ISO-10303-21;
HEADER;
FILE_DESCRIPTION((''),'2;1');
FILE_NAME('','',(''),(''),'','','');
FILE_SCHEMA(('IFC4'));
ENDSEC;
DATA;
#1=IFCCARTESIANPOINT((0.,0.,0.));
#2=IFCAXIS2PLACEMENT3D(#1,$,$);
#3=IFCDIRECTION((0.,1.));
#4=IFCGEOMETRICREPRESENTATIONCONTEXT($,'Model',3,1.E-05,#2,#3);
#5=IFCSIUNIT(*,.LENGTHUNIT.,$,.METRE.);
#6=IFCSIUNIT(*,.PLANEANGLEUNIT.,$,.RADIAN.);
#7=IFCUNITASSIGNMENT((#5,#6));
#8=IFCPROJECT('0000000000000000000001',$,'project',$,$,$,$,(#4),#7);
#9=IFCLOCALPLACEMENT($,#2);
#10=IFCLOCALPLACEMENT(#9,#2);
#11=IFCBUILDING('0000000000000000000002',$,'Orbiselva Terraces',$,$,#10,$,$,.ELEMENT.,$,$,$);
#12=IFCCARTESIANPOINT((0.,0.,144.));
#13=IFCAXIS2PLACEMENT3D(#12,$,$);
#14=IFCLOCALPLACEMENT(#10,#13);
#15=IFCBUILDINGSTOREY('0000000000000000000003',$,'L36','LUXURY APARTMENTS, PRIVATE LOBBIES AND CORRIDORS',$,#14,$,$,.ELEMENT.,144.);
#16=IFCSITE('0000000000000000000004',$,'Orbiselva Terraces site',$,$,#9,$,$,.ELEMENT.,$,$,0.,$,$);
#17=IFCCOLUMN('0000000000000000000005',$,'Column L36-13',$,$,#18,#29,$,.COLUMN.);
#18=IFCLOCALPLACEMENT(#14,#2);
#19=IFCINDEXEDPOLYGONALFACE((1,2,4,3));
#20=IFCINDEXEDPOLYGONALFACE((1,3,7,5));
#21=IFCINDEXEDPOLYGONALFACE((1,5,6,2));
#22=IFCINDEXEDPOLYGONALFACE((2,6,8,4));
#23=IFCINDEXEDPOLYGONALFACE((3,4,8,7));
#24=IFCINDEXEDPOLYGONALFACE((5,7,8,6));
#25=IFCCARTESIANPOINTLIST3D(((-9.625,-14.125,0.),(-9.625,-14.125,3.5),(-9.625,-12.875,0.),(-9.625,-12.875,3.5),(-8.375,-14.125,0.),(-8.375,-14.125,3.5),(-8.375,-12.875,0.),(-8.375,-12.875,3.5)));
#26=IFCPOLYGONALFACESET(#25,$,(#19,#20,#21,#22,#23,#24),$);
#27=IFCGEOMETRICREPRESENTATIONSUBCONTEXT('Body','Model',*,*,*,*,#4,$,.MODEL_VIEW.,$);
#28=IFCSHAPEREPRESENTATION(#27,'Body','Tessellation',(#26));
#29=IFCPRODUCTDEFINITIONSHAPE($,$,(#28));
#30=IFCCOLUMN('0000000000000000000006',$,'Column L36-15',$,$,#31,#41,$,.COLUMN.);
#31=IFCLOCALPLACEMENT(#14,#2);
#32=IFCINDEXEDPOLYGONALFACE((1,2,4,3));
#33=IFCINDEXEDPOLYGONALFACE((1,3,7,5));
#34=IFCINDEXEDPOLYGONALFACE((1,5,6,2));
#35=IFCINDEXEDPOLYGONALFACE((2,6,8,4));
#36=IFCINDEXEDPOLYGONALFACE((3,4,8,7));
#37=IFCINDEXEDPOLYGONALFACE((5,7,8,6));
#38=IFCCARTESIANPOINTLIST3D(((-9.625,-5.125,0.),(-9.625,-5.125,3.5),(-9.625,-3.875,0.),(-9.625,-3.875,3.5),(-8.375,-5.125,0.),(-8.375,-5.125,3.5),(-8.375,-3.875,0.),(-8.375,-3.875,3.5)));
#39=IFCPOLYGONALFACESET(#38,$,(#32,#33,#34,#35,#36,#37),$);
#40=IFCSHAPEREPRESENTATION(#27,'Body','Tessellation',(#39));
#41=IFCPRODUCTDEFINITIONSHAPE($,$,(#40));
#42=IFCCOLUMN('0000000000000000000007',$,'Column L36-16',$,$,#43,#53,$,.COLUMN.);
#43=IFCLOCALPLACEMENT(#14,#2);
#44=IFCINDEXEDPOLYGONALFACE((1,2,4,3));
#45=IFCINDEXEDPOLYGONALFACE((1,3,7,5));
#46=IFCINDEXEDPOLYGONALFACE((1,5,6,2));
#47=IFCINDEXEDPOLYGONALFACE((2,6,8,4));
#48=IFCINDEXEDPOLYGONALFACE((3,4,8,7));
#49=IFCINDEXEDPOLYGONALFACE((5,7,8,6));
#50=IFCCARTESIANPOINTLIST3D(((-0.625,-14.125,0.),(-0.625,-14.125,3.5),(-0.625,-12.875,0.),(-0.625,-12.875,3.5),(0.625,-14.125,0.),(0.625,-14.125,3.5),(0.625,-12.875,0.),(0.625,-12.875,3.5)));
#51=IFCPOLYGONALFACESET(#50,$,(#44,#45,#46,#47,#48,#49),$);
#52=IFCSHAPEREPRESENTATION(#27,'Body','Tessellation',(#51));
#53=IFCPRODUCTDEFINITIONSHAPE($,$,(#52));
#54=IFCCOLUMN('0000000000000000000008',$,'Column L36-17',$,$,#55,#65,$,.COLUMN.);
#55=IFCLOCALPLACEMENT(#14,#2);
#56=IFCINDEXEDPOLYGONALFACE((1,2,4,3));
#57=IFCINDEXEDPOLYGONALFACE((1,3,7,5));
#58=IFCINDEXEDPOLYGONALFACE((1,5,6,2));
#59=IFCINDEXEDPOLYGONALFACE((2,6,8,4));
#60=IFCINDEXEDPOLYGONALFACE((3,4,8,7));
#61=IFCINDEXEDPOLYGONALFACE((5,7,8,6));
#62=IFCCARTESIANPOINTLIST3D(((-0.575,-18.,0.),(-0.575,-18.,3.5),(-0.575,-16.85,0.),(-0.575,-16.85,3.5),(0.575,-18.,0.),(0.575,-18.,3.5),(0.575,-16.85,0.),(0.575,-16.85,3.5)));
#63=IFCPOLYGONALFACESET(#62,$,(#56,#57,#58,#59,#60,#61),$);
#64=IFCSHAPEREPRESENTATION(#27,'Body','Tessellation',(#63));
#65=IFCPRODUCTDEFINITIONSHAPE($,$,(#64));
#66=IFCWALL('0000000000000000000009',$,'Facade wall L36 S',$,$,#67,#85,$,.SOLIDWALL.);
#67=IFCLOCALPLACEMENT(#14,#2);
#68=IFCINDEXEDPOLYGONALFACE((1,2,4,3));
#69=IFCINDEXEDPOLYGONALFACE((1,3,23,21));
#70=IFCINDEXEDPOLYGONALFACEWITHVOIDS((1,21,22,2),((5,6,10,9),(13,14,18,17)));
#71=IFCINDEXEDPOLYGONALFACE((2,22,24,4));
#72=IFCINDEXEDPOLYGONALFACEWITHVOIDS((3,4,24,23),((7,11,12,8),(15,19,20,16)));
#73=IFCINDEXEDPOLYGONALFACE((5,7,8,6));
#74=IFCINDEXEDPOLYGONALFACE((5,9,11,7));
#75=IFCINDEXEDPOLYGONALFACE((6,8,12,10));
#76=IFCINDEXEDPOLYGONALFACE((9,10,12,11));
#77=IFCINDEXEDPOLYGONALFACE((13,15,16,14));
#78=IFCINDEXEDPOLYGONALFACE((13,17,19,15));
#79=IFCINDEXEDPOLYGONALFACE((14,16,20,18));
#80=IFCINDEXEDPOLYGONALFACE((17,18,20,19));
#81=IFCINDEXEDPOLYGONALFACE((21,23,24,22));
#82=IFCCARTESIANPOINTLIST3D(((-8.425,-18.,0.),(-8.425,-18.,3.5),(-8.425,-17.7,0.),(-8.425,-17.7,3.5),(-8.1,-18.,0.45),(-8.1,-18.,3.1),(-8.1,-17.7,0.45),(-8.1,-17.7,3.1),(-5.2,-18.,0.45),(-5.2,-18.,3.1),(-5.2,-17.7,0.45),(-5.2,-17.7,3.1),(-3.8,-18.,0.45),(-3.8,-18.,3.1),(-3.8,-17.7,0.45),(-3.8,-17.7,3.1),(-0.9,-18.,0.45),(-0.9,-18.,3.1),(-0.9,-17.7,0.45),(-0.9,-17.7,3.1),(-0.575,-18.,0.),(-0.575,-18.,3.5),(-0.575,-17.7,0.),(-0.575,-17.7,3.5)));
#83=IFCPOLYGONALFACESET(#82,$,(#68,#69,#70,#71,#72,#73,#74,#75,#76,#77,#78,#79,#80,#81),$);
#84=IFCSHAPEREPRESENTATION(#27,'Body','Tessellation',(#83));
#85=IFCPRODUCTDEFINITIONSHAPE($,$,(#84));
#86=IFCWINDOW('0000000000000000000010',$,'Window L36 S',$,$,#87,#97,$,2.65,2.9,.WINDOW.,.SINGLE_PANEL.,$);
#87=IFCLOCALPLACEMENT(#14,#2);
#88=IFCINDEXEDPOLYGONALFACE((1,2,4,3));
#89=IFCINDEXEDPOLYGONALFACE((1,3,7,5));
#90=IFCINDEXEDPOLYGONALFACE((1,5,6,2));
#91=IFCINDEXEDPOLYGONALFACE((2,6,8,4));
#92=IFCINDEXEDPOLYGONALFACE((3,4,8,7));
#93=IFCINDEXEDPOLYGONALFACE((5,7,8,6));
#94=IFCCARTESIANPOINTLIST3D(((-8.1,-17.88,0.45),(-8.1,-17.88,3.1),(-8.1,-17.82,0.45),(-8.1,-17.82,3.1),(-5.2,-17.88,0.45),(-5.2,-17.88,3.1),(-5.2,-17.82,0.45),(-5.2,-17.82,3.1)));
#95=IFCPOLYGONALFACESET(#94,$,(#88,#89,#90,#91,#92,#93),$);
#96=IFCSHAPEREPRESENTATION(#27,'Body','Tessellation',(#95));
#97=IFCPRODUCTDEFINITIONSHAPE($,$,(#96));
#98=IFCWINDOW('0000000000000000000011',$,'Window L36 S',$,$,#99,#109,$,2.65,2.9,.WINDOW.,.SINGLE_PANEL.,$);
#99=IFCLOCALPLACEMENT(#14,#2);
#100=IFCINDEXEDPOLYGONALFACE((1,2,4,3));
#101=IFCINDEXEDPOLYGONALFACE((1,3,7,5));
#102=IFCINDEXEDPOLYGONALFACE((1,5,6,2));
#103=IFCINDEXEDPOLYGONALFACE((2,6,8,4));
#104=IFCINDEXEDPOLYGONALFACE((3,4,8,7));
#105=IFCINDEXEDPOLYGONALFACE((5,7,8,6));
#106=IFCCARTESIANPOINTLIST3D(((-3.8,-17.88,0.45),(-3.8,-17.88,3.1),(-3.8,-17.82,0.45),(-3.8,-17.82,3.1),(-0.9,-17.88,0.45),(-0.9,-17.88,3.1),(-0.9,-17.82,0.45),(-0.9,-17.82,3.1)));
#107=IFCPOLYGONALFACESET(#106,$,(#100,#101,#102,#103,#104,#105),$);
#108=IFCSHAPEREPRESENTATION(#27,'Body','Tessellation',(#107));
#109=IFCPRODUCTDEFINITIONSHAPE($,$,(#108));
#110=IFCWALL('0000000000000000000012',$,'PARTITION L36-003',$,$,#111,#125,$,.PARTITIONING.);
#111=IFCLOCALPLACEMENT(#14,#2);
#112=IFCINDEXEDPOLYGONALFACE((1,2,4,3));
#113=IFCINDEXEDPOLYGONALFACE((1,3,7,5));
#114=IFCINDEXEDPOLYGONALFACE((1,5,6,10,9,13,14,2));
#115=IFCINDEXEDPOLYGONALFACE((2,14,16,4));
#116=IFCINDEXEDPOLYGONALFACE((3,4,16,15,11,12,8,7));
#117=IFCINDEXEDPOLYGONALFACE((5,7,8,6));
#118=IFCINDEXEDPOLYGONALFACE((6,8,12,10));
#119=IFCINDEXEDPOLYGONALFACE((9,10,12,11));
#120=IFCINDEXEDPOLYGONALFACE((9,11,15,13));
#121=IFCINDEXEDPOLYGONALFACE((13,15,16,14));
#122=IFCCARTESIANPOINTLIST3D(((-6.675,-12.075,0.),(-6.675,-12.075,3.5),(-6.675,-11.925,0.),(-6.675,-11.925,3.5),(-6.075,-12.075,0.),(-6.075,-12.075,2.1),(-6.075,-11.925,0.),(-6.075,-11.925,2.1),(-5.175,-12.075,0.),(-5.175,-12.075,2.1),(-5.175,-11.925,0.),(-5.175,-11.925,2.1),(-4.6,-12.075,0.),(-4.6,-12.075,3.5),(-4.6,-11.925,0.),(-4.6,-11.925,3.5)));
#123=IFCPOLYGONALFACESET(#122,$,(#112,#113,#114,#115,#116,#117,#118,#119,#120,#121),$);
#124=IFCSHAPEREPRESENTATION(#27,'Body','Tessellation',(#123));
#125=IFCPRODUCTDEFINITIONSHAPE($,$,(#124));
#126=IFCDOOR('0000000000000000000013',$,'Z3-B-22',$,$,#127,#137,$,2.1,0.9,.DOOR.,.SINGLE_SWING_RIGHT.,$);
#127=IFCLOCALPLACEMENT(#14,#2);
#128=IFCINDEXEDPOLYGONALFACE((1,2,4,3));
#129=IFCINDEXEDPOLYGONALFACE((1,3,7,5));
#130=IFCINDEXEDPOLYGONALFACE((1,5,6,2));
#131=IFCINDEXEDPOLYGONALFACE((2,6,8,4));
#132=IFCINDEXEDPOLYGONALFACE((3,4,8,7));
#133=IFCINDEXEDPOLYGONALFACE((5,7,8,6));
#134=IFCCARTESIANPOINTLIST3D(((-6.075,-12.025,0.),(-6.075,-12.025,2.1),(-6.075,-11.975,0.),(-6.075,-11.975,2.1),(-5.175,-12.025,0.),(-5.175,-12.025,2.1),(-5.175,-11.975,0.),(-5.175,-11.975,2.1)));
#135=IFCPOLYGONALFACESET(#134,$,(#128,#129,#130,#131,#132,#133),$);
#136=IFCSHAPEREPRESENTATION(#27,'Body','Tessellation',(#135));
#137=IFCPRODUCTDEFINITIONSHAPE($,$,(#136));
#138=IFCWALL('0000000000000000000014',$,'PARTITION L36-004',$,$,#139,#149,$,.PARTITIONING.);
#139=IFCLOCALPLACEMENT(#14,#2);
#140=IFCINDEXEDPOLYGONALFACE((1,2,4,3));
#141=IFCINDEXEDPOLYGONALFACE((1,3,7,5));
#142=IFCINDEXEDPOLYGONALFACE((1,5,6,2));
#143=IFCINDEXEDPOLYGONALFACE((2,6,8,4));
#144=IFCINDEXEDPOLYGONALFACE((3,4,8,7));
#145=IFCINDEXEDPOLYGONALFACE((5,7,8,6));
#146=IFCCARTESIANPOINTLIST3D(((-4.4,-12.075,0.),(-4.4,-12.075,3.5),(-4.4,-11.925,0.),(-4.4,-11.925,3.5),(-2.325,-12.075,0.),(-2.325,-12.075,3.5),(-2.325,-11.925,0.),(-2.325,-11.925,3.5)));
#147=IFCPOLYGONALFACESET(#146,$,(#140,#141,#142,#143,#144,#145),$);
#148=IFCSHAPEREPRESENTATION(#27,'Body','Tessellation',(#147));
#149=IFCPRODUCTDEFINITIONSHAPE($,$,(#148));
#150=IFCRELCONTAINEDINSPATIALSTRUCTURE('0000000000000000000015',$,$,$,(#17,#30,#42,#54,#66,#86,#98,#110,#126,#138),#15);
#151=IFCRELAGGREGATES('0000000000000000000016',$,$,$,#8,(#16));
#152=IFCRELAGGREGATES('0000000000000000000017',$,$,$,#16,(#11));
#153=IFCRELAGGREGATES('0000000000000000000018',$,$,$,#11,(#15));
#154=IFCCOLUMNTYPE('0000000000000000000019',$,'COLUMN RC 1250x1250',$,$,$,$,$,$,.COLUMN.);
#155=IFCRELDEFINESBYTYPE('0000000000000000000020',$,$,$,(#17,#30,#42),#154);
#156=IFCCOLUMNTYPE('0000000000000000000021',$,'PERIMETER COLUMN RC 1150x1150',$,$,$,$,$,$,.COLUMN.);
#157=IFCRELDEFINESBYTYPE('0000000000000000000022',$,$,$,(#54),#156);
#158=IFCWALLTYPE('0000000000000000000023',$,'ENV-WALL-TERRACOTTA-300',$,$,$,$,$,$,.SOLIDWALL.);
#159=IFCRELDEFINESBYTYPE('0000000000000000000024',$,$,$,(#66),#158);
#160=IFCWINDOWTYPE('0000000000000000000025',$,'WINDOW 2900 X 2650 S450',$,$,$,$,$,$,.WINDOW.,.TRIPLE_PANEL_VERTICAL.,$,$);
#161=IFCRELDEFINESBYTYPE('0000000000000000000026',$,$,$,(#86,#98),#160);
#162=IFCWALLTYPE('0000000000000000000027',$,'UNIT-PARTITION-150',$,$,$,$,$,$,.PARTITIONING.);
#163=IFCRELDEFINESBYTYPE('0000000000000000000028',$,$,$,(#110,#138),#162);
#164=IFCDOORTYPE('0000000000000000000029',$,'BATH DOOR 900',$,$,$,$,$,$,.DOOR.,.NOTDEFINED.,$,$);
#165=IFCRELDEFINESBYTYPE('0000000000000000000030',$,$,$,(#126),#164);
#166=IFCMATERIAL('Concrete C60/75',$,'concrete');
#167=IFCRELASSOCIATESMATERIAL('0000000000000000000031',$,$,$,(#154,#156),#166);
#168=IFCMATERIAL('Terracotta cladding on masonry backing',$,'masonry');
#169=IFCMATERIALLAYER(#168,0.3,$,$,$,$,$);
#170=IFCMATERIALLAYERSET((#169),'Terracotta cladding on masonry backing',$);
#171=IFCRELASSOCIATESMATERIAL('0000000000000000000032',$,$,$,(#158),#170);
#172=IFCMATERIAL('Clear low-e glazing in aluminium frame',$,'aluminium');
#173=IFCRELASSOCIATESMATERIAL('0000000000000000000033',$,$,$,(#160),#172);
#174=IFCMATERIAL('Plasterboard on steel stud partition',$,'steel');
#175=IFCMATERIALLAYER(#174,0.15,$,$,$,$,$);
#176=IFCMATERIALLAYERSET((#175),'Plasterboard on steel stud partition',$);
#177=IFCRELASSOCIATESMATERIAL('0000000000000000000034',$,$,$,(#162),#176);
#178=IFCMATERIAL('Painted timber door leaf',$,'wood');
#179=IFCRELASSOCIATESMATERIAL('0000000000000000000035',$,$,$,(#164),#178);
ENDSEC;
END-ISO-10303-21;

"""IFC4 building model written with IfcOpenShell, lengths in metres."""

from ifc_helpers import new_model, si_unit, direction, frame, frame_2d, origin, origin_2d, place, context, subcontext, project, spatial, rectangle, extrude, material, layer, layer_set, material_profile, profile_set, type_object, element, fill, save


model = new_model("IFC4")

# Units and contexts
model_context = context("Model", 3, precision=1e-05, world=origin(), true_north=direction((0.0, 1.0)))
body_context = subcontext(model_context, "Body", "Model", "MODEL_VIEW")
ifc_project = project(units=[si_unit("LENGTHUNIT", "METRE"), si_unit("PLANEANGLEUNIT", "RADIAN")], contexts=[model_context])

# Site, building, storey
site_placement = place(None, origin())
site = spatial("IfcSite", under=ifc_project, at=site_placement, Name="Orbiselva Terraces site", CompositionType="ELEMENT", RefElevation=0.0)
building_placement = place(site_placement, origin())
building = spatial("IfcBuilding", under=site, at=building_placement, Name="Orbiselva Terraces", CompositionType="ELEMENT")
storey_placement = place(building_placement, frame((0.0, 0.0, 144.0)))
storey = spatial("IfcBuildingStorey", under=building, at=storey_placement, Name="L36", Description="LUXURY APARTMENTS, PRIVATE LOBBIES AND CORRIDORS", CompositionType="ELEMENT", Elevation=144.0)

# Columns
ifc_material_1 = material(Name="Concrete C60/75", Category="concrete")
ifc_material_profile_1 = material_profile(ifc_material_1, rectangle(XDim=1.25, YDim=1.25, at=origin_2d()), Name="RC 1250x1250")
ifc_profile_set_1 = profile_set([ifc_material_profile_1], Name="Concrete C60/75")
column_type_1 = type_object("IfcColumnType", Name="COLUMN RC 1250x1250", PredefinedType="COLUMN", material=ifc_profile_set_1)
for number, where, z_axis, x_axis, name in (
    (1, (-9.0, -13.5, 0.0), (0.0, 0.0, 1.0), (1.0, 0.0, 0.0), "Column L36-13"),
    (2, (-9.0, -4.5, 0.0), (0.0, 0.0, 1.0), (1.0, 0.0, 0.0), "Column L36-15"),
    (3, (0.0, -13.5, 0.0), (0.0, 0.0, 1.0), (1.0, 0.0, 0.0), "Column L36-16"),
):
    element("IfcColumn", number, at=place(storey_placement, frame(where, z_axis=z_axis, x_axis=x_axis)), inside=storey, type_object=column_type_1, Name=name, PredefinedType="COLUMN", context=body_context, shape_type="SweptSolid", body=[
        extrude(rectangle(XDim=1.25, YDim=1.25, at=origin_2d()), origin(), (0.0, 0.0, 1.0), 3.5),
    ])
ifc_material_profile_2 = material_profile(ifc_material_1, rectangle(XDim=1.15, YDim=1.15, at=origin_2d()), Name="RC 1150x1150")
ifc_profile_set_2 = profile_set([ifc_material_profile_2], Name="Concrete C60/75")
column_type_2 = type_object("IfcColumnType", Name="PERIMETER COLUMN RC 1150x1150", PredefinedType="COLUMN", material=ifc_profile_set_2)
column_placement = place(storey_placement, frame((0.0, -17.425, 0.0), z_axis=(0.0, 0.0, 1.0), x_axis=(1.0, 0.0, 0.0)))
element("IfcColumn", 4, at=column_placement, inside=storey, type_object=column_type_2, Name="Column L36-17", PredefinedType="COLUMN", context=body_context, shape_type="SweptSolid", body=[
    extrude(rectangle(XDim=1.15, YDim=1.15, at=origin_2d()), origin(), (0.0, 0.0, 1.0), 3.5),
])

# Wall, openings, windows
ifc_material_2 = material(Name="Terracotta cladding on masonry backing", Category="masonry")
ifc_layer_1 = layer(ifc_material_2, 0.3)
ifc_layer_set_1 = layer_set([ifc_layer_1], Name="Terracotta cladding on masonry backing")
wall_type_1 = type_object("IfcWallType", Name="ENV-WALL-TERRACOTTA-300", PredefinedType="SOLIDWALL", material=ifc_layer_set_1)
wall_1_placement = place(storey_placement, frame((-0.575, -17.85, 0.0), z_axis=(0.0, 0.0, 1.0), x_axis=(-1.0, 0.0, 0.0)))
wall_1 = element("IfcWall", 5, at=wall_1_placement, inside=storey, type_object=wall_type_1, Name="Facade wall L36 S", PredefinedType="SOLIDWALL", context=body_context, shape_type="SweptSolid", body=[
    extrude(rectangle(XDim=7.85, YDim=0.3, at=frame_2d((3.925, 0.0))), origin(), (0.0, 0.0, 1.0), 3.5),
])
opening_1_placement = place(wall_1_placement, frame((4.625, 0.0, 0.45)))
opening_1 = element("IfcOpeningElement", 6, at=opening_1_placement, cuts=wall_1, PredefinedType="OPENING", context=body_context, shape_type="SweptSolid", body=[
    extrude(rectangle(XDim=2.9, YDim=2.65, at=frame_2d((1.45, 1.325))), frame((0.0, 0.16, 0.0), z_axis=(0.0, -1.0, 0.0), x_axis=(1.0, 0.0, 0.0)), (0.0, 0.0, 1.0), 0.32),
])
opening_2_placement = place(wall_1_placement, frame((0.325, 0.0, 0.45)))
opening_2 = element("IfcOpeningElement", 7, at=opening_2_placement, cuts=wall_1, PredefinedType="OPENING", context=body_context, shape_type="SweptSolid", body=[
    extrude(rectangle(XDim=2.9, YDim=2.65, at=frame_2d((1.45, 1.325))), frame((0.0, 0.16, 0.0), z_axis=(0.0, -1.0, 0.0), x_axis=(1.0, 0.0, 0.0)), (0.0, 0.0, 1.0), 0.32),
])
ifc_material_3 = material(Name="Clear low-e glazing in aluminium frame", Category="aluminium")
window_type = type_object("IfcWindowType", Name="WINDOW 2900 X 2650 S450", PartitioningType="TRIPLE_PANEL_VERTICAL", PredefinedType="WINDOW", material=ifc_material_3)
window_1_placement = place(opening_1_placement, origin())
window_1 = element("IfcWindow", 8, at=window_1_placement, inside=storey, type_object=window_type, Name="Window L36 S", OverallHeight=2.65, OverallWidth=2.9, PartitioningType="SINGLE_PANEL", PredefinedType="WINDOW", context=body_context, shape_type="SweptSolid", body=[
    extrude(rectangle(XDim=2.9, YDim=2.65, at=frame_2d((1.45, 1.325))), frame((0.0, 0.03, 0.0), z_axis=(0.0, -1.0, 0.0), x_axis=(1.0, 0.0, 0.0)), (0.0, 0.0, 1.0), 0.06),
])
fill(opening_1, window_1)
window_2_placement = place(opening_2_placement, origin())
window_2 = element("IfcWindow", 9, at=window_2_placement, inside=storey, type_object=window_type, Name="Window L36 S", OverallHeight=2.65, OverallWidth=2.9, PartitioningType="SINGLE_PANEL", PredefinedType="WINDOW", context=body_context, shape_type="SweptSolid", body=[
    extrude(rectangle(XDim=2.9, YDim=2.65, at=frame_2d((1.45, 1.325))), frame((0.0, 0.03, 0.0), z_axis=(0.0, -1.0, 0.0), x_axis=(1.0, 0.0, 0.0)), (0.0, 0.0, 1.0), 0.06),
])
fill(opening_2, window_2)

# Wall, opening, door
ifc_material_4 = material(Name="Plasterboard on steel stud partition", Category="steel")
ifc_layer_2 = layer(ifc_material_4, 0.15)
ifc_layer_set_2 = layer_set([ifc_layer_2], Name="Plasterboard on steel stud partition")
wall_type_2 = type_object("IfcWallType", Name="UNIT-PARTITION-150", PredefinedType="PARTITIONING", material=ifc_layer_set_2)
wall_2_placement = place(storey_placement, frame((-6.675, -12.0, 0.0), z_axis=(0.0, 0.0, 1.0), x_axis=(1.0, 0.0, 0.0)))
wall_2 = element("IfcWall", 10, at=wall_2_placement, inside=storey, type_object=wall_type_2, Name="PARTITION L36-003", PredefinedType="PARTITIONING", context=body_context, shape_type="SweptSolid", body=[
    extrude(rectangle(XDim=2.075, YDim=0.15, at=frame_2d((1.0375, 0.0))), origin(), (0.0, 0.0, 1.0), 3.5),
])
opening_3_placement = place(wall_2_placement, frame((0.6, 0.0, 0.0)))
opening_3 = element("IfcOpeningElement", 11, at=opening_3_placement, cuts=wall_2, PredefinedType="OPENING", context=body_context, shape_type="SweptSolid", body=[
    extrude(rectangle(XDim=0.9, YDim=2.1, at=frame_2d((0.45, 1.05))), frame((0.0, 0.085, 0.0), z_axis=(0.0, -1.0, 0.0), x_axis=(1.0, 0.0, 0.0)), (0.0, 0.0, 1.0), 0.17),
])
ifc_material_5 = material(Name="Painted timber door leaf", Category="wood")
door_type_1 = type_object("IfcDoorType", Name="BATH DOOR 900", OperationType="NOTDEFINED", PredefinedType="DOOR", material=ifc_material_5)
door_1_placement = place(opening_3_placement, origin())
door_1 = element("IfcDoor", 12, at=door_1_placement, inside=storey, type_object=door_type_1, Name="Z3-B-22", OperationType="SINGLE_SWING_RIGHT", OverallHeight=2.1, OverallWidth=0.9, PredefinedType="DOOR", context=body_context, shape_type="SweptSolid", body=[
    extrude(rectangle(XDim=0.9, YDim=2.1, at=frame_2d((0.45, 1.05))), frame((0.0, 0.025, 0.0), z_axis=(0.0, -1.0, 0.0), x_axis=(1.0, 0.0, 0.0)), (0.0, 0.0, 1.0), 0.05),
])
fill(opening_3, door_1)

# Wall
wall_3_placement = place(storey_placement, frame((-4.4, -12.0, 0.0), z_axis=(0.0, 0.0, 1.0), x_axis=(1.0, 0.0, 0.0)))
element("IfcWall", 13, at=wall_3_placement, inside=storey, type_object=wall_type_2, Name="PARTITION L36-004", PredefinedType="PARTITIONING", context=body_context, shape_type="SweptSolid", body=[
    extrude(rectangle(XDim=2.075, YDim=0.15, at=frame_2d((1.0375, 0.0))), origin(), (0.0, 0.0, 1.0), 3.5),
])

save(model, "model.ifc")
